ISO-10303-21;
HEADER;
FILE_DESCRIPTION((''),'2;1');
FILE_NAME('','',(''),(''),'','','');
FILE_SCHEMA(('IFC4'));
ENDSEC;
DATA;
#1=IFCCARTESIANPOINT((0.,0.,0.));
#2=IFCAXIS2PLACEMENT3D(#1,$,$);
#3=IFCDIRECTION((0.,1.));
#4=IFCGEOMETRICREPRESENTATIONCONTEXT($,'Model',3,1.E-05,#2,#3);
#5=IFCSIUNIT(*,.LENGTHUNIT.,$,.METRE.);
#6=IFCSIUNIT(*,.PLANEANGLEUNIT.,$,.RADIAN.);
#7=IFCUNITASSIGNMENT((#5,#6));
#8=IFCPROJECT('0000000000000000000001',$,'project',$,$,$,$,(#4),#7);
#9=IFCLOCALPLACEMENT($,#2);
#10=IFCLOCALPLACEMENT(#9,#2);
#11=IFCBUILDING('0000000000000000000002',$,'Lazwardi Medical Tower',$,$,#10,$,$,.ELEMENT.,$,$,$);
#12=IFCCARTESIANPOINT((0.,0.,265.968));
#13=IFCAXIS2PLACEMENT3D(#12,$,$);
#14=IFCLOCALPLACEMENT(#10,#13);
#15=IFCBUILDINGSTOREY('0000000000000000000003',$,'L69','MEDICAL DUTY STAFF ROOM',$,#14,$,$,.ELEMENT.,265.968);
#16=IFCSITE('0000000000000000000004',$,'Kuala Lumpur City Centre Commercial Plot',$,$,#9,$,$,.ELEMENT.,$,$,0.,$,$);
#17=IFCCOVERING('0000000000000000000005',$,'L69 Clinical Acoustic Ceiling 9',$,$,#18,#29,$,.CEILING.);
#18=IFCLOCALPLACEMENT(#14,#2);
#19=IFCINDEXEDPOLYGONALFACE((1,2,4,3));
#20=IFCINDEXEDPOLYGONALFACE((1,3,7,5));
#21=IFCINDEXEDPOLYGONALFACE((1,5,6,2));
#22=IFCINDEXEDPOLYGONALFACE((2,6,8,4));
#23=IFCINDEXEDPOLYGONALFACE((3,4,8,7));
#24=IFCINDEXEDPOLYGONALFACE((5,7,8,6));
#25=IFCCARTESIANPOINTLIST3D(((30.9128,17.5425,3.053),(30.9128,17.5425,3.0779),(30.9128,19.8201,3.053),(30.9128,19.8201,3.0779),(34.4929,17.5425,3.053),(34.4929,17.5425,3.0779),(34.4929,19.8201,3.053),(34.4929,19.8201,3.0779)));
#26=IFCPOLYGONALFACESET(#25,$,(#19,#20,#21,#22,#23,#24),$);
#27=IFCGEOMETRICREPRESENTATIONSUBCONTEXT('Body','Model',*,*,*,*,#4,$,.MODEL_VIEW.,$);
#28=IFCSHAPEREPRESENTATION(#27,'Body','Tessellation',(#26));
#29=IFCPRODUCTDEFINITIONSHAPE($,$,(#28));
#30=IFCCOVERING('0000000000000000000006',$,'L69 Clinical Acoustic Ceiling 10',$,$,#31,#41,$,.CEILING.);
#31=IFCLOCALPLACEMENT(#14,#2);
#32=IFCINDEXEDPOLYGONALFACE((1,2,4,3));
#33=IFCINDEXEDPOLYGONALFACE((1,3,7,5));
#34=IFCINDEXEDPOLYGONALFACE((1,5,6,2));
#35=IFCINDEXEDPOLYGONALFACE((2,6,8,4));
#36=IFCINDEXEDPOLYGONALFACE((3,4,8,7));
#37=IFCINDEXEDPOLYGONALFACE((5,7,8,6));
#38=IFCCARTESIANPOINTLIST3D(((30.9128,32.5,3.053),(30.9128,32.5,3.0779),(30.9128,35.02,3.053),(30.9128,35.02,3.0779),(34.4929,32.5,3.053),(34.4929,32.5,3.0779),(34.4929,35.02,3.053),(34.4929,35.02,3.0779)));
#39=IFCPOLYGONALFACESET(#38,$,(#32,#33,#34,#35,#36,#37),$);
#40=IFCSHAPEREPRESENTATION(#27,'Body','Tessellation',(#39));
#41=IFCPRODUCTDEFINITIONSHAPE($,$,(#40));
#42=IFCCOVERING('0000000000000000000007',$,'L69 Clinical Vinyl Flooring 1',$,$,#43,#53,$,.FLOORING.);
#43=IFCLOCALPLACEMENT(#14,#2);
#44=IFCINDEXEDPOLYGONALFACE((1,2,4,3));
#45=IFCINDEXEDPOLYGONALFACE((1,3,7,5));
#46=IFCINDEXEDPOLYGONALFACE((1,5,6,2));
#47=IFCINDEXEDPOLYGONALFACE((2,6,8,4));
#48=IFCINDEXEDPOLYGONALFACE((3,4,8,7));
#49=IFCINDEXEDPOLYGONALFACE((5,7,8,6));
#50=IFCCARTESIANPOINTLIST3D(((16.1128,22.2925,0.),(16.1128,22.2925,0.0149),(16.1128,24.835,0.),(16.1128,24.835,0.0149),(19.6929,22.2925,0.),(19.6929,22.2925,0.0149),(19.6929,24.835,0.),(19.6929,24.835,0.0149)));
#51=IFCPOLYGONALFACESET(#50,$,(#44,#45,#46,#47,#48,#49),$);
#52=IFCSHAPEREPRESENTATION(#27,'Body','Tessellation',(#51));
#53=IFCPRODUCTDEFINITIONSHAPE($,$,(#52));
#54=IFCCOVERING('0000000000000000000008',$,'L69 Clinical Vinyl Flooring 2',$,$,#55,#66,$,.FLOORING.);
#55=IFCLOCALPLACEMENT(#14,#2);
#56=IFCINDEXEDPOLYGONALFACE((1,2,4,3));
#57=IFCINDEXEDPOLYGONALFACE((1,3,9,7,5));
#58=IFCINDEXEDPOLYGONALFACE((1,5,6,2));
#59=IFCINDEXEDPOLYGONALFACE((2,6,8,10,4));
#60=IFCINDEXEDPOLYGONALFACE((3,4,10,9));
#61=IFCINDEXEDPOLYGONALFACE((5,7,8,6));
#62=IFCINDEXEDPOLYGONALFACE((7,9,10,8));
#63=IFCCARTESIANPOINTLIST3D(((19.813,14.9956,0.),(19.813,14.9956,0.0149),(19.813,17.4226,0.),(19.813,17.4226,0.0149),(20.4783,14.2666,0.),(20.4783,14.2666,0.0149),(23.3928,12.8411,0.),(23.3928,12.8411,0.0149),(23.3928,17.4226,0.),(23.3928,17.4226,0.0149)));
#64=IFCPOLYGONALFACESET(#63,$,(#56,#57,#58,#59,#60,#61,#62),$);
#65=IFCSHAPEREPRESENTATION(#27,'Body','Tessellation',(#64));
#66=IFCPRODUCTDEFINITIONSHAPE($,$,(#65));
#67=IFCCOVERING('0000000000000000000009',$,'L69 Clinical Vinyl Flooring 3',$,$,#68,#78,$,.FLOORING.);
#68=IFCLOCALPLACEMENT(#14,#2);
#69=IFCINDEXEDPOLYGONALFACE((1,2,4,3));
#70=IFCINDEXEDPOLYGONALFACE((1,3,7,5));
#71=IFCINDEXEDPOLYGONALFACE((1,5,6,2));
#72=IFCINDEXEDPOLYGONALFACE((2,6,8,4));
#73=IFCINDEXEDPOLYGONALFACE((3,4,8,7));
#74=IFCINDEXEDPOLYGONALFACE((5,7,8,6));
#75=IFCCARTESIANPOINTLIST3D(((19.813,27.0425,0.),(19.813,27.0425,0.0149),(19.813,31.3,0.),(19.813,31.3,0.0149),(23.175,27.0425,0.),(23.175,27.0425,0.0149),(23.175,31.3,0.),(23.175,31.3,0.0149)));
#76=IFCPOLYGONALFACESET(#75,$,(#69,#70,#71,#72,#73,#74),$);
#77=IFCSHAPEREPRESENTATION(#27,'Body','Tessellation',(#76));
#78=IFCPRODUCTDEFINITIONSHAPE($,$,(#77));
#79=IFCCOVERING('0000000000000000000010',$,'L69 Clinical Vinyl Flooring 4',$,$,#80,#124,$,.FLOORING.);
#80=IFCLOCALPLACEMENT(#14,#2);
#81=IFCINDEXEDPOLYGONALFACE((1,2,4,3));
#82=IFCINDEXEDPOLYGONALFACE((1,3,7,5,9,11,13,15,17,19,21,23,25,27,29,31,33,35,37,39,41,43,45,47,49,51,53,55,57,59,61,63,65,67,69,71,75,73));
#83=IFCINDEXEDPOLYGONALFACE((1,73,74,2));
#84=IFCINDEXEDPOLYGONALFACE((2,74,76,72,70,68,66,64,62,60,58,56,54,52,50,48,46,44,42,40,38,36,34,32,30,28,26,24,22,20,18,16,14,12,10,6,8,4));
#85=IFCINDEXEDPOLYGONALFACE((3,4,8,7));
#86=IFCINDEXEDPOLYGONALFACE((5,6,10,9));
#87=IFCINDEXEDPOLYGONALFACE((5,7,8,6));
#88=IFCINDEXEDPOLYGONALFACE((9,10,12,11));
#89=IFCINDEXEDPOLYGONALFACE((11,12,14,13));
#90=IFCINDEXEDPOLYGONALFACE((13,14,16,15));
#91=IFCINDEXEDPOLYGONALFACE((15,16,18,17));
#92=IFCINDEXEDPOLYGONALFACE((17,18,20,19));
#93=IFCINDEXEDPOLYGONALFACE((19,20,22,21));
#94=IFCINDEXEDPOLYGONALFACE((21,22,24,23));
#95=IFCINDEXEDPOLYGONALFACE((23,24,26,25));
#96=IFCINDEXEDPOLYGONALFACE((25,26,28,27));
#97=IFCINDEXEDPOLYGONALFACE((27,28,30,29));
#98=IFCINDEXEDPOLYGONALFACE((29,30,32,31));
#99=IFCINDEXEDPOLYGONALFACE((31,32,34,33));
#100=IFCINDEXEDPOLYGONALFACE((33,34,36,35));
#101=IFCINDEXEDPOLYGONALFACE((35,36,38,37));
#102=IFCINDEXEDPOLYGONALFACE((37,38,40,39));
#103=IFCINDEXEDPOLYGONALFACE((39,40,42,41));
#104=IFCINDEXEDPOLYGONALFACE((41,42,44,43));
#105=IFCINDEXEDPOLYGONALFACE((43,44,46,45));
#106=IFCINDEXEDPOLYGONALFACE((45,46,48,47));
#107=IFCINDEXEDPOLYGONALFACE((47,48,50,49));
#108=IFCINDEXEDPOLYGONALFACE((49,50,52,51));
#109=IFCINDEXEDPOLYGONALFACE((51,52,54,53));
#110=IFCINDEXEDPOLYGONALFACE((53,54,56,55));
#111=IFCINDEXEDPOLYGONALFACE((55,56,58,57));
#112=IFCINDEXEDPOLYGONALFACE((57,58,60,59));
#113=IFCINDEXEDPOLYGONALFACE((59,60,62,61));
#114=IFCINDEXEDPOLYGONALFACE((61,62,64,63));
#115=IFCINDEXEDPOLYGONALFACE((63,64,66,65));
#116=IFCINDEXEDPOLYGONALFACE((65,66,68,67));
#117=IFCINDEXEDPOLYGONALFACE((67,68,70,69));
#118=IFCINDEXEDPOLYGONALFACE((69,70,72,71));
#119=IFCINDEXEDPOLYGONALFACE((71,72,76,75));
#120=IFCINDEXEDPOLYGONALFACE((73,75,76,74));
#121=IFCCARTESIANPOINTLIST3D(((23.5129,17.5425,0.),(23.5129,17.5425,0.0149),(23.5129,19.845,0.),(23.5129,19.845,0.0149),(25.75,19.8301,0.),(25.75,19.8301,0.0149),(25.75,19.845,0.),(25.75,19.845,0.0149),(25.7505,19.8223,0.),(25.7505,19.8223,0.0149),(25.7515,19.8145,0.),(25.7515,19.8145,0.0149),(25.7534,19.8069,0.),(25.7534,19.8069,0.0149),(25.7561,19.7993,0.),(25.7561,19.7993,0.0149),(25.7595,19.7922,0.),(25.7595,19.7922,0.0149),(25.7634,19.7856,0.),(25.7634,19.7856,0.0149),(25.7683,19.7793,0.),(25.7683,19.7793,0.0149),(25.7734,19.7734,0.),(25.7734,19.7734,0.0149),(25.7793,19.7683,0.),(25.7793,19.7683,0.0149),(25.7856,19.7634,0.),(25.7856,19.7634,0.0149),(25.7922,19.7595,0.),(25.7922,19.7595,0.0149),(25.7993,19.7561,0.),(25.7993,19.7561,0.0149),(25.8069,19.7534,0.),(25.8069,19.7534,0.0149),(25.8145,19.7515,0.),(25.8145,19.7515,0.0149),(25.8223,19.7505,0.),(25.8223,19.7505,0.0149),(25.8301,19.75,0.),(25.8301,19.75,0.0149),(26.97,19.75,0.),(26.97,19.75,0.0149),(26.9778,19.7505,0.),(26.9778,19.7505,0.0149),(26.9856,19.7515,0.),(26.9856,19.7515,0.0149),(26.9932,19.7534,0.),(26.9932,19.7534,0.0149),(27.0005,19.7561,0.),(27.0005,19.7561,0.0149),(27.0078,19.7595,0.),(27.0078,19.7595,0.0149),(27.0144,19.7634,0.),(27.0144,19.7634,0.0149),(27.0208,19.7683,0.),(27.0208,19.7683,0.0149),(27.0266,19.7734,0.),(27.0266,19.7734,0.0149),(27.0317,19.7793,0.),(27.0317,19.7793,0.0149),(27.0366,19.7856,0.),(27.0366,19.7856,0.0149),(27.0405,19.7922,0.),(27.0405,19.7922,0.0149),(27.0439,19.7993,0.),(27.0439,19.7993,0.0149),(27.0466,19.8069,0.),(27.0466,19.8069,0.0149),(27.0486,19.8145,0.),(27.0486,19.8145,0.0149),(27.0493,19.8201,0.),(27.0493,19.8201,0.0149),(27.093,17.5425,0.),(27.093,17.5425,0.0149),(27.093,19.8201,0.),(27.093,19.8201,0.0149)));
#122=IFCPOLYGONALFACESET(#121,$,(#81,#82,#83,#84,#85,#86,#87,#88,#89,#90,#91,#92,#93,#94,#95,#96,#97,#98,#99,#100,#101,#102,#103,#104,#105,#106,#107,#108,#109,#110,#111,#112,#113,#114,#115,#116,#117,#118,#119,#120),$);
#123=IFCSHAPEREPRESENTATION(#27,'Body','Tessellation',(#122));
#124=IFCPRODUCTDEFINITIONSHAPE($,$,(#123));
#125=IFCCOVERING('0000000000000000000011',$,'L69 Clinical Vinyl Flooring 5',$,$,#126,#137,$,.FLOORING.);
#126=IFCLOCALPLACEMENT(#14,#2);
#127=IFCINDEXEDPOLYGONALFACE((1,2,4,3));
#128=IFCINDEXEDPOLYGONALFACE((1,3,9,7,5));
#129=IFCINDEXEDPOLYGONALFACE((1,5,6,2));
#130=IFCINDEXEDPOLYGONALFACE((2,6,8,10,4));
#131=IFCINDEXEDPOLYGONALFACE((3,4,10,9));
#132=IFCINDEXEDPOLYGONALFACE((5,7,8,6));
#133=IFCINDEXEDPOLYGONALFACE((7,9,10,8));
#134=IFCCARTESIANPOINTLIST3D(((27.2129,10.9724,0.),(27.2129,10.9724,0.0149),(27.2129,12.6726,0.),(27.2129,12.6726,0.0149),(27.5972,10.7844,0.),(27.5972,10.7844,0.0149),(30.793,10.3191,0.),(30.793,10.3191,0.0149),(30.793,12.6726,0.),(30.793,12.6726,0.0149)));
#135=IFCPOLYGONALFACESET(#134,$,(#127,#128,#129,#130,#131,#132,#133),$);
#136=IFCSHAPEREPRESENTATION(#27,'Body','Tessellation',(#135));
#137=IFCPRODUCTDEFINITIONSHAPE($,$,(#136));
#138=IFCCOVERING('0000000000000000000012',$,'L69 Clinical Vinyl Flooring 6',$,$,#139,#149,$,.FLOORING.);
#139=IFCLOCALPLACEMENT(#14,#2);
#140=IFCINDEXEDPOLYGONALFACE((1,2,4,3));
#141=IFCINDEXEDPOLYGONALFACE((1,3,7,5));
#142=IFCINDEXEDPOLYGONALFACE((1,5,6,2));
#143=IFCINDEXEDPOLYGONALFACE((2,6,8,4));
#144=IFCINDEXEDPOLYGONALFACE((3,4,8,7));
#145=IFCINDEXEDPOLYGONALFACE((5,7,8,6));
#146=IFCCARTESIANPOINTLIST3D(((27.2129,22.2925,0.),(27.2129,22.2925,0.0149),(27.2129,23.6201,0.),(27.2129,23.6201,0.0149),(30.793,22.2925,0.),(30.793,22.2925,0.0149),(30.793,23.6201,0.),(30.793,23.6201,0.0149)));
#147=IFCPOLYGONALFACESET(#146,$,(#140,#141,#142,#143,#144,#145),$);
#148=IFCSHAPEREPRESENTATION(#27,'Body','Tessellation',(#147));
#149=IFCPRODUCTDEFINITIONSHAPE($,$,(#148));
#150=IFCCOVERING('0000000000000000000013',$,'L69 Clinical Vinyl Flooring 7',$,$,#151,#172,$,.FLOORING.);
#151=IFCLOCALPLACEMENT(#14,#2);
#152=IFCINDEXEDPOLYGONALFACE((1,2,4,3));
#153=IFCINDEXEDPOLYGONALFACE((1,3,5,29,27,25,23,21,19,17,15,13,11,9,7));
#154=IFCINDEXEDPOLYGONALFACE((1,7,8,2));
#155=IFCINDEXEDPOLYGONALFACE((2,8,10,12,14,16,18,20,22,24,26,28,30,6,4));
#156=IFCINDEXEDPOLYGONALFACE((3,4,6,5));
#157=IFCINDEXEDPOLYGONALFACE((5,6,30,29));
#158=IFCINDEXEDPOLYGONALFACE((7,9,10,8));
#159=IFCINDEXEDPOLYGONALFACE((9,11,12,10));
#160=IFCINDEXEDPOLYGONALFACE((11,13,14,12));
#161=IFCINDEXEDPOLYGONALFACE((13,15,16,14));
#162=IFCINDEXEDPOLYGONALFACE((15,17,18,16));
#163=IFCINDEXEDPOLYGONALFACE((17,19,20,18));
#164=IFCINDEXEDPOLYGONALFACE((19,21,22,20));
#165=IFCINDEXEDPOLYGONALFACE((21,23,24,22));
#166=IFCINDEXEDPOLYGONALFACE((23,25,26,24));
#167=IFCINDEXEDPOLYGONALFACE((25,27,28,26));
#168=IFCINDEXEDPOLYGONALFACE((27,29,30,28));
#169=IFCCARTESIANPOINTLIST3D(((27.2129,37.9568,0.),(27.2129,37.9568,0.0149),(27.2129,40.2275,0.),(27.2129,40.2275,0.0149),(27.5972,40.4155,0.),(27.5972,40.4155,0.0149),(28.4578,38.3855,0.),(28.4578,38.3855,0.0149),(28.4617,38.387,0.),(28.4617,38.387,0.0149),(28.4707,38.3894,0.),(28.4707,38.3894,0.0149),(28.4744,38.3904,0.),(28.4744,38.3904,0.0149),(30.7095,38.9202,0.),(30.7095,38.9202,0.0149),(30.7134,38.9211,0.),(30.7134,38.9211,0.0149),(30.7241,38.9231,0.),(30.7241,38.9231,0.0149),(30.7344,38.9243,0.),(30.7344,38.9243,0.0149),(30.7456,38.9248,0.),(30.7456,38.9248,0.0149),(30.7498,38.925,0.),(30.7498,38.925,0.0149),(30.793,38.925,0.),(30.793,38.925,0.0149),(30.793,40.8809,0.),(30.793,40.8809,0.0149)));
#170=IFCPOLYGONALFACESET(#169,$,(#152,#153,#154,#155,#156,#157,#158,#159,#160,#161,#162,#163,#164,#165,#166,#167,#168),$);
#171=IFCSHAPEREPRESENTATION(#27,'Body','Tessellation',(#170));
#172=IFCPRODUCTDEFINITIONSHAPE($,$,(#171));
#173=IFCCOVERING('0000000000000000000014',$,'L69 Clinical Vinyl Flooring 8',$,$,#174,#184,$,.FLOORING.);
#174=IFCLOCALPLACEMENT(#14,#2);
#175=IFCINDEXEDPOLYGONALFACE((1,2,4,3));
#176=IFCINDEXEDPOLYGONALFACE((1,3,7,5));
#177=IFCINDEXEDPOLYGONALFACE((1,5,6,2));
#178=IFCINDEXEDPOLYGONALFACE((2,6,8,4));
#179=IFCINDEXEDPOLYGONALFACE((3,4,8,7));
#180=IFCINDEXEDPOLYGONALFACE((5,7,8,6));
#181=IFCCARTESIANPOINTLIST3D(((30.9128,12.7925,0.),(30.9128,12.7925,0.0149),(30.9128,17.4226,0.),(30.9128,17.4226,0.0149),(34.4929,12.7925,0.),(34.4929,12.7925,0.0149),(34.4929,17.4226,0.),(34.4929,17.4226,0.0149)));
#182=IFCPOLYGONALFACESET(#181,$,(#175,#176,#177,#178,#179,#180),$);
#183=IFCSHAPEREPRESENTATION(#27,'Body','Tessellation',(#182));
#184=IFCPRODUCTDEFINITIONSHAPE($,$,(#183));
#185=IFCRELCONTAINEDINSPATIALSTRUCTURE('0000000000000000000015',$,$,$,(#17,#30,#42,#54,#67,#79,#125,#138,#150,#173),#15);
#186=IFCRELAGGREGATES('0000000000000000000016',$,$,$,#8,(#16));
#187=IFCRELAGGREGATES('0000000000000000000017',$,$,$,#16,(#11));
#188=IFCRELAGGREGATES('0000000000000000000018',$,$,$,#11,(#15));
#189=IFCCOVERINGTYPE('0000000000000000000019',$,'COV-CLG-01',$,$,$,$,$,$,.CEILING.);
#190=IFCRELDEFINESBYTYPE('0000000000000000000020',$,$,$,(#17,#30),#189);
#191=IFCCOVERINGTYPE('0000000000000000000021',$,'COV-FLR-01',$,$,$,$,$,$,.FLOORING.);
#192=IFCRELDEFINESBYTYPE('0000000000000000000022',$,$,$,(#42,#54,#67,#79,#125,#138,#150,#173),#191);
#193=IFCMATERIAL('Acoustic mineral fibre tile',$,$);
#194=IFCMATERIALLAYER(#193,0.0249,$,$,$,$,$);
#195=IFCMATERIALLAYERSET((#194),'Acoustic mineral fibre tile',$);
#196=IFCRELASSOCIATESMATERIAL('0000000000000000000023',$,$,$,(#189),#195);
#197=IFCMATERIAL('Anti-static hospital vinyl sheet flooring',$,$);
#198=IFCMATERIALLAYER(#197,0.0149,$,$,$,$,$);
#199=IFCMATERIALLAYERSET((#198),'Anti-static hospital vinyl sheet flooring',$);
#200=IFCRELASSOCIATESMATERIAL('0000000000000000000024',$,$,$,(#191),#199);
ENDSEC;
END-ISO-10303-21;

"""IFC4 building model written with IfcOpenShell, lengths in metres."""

from ifc_helpers import new_model, si_unit, direction, frame, origin, place, context, subcontext, project, spatial, polyline, outline, extrude, material, layer, layer_set, type_object, element, save


model = new_model("IFC4")

# Units and contexts
model_context = context("Model", 3, precision=1e-05, world=origin(), true_north=direction((0.0, 1.0)))
body_context = subcontext(model_context, "Body", "Model", "MODEL_VIEW")
ifc_project = project(units=[si_unit("LENGTHUNIT", "METRE"), si_unit("PLANEANGLEUNIT", "RADIAN")], contexts=[model_context])

# Site, building, storey
site_placement = place(None, origin())
site = spatial("IfcSite", under=ifc_project, at=site_placement, Name="Kuala Lumpur City Centre Commercial Plot", CompositionType="ELEMENT", RefElevation=0.0)
building_placement = place(site_placement, origin())
building = spatial("IfcBuilding", under=site, at=building_placement, Name="Lazwardi Medical Tower", CompositionType="ELEMENT")
storey_placement = place(building_placement, frame((0.0, 0.0, 265.968)))
storey = spatial("IfcBuildingStorey", under=building, at=storey_placement, Name="L69", Description="MEDICAL DUTY STAFF ROOM", CompositionType="ELEMENT", Elevation=265.968)

# Coverings
ifc_material_1 = material(Name="Acoustic mineral fibre tile")
ifc_layer_1 = layer(ifc_material_1, 0.0249)
ifc_layer_set_1 = layer_set([ifc_layer_1], Name="Acoustic mineral fibre tile")
covering_type_1 = type_object("IfcCoveringType", Name="COV-CLG-01", PredefinedType="CEILING", material=ifc_layer_set_1)
covering_1_placement = place(storey_placement, frame((0.0, 0.0, 3.053)))
element("IfcCovering", 1, at=covering_1_placement, inside=storey, type_object=covering_type_1, Name="L69 Clinical Acoustic Ceiling 9", PredefinedType="CEILING", context=body_context, shape_type="SweptSolid", body=[
    extrude(outline(polyline([(34.4929, 19.8201), (30.9128, 19.8201), (30.9128, 17.5425), (34.4929, 17.5425), (34.4929, 19.8201)])), origin(), (0.0, 0.0, 1.0), 0.0249),
])
covering_2_placement = place(storey_placement, frame((0.0, 0.0, 3.053)))
element("IfcCovering", 2, at=covering_2_placement, inside=storey, type_object=covering_type_1, Name="L69 Clinical Acoustic Ceiling 10", PredefinedType="CEILING", context=body_context, shape_type="SweptSolid", body=[
    extrude(outline(polyline([(34.4929, 35.02), (30.9128, 35.02), (30.9128, 32.5), (34.4929, 32.5), (34.4929, 35.02)])), origin(), (0.0, 0.0, 1.0), 0.0249),
])
ifc_material_2 = material(Name="Anti-static hospital vinyl sheet flooring")
ifc_layer_2 = layer(ifc_material_2, 0.0149)
ifc_layer_set_2 = layer_set([ifc_layer_2], Name="Anti-static hospital vinyl sheet flooring")
covering_type_2 = type_object("IfcCoveringType", Name="COV-FLR-01", PredefinedType="FLOORING", material=ifc_layer_set_2)
covering_3_placement = place(storey_placement, origin())
element("IfcCovering", 3, at=covering_3_placement, inside=storey, type_object=covering_type_2, Name="L69 Clinical Vinyl Flooring 1", PredefinedType="FLOORING", context=body_context, shape_type="SweptSolid", body=[
    extrude(outline(polyline([(19.6929, 24.835), (16.1128, 24.835), (16.1128, 22.2925), (19.6929, 22.2925), (19.6929, 24.835)])), origin(), (0.0, 0.0, 1.0), 0.0149),
])
covering_4_placement = place(storey_placement, origin())
element("IfcCovering", 4, at=covering_4_placement, inside=storey, type_object=covering_type_2, Name="L69 Clinical Vinyl Flooring 2", PredefinedType="FLOORING", context=body_context, shape_type="SweptSolid", body=[
    extrude(outline(polyline([(19.813, 14.9956), (20.4783, 14.2666), (23.3928, 12.8411), (23.3928, 17.4226), (19.813, 17.4226), (19.813, 14.9956)])), origin(), (0.0, 0.0, 1.0), 0.0149),
])
covering_5_placement = place(storey_placement, origin())
element("IfcCovering", 5, at=covering_5_placement, inside=storey, type_object=covering_type_2, Name="L69 Clinical Vinyl Flooring 3", PredefinedType="FLOORING", context=body_context, shape_type="SweptSolid", body=[
    extrude(outline(polyline([(23.175, 27.0425), (23.175, 31.3), (19.813, 31.3), (19.813, 27.0425), (23.175, 27.0425)])), origin(), (0.0, 0.0, 1.0), 0.0149),
])
covering_6_placement = place(storey_placement, origin())
element("IfcCovering", 6, at=covering_6_placement, inside=storey, type_object=covering_type_2, Name="L69 Clinical Vinyl Flooring 4", PredefinedType="FLOORING", context=body_context, shape_type="SweptSolid", body=[
    extrude(outline(polyline([(27.093, 19.8201), (27.0493, 19.8201), (27.0486, 19.8145), (27.0466, 19.8069), (27.0439, 19.7993), (27.0405, 19.7922), (27.0366, 19.7856), (27.0317, 19.7793), (27.0266, 19.7734), (27.0208, 19.7683), (27.0144, 19.7634), (27.0078, 19.7595), (27.0005, 19.7561), (26.9932, 19.7534), (26.9856, 19.7515), (26.9778, 19.7505), (26.97, 19.75), (25.8301, 19.75), (25.8223, 19.7505), (25.8145, 19.7515), (25.8069, 19.7534), (25.7993, 19.7561), (25.7922, 19.7595), (25.7856, 19.7634), (25.7793, 19.7683), (25.7734, 19.7734), (25.7683, 19.7793), (25.7634, 19.7856), (25.7595, 19.7922), (25.7561, 19.7993), (25.7534, 19.8069), (25.7515, 19.8145), (25.7505, 19.8223), (25.75, 19.8301), (25.75, 19.845), (23.5129, 19.845), (23.5129, 17.5425), (27.093, 17.5425), (27.093, 19.8201)])), origin(), (0.0, 0.0, 1.0), 0.0149),
])
covering_7_placement = place(storey_placement, origin())
element("IfcCovering", 7, at=covering_7_placement, inside=storey, type_object=covering_type_2, Name="L69 Clinical Vinyl Flooring 5", PredefinedType="FLOORING", context=body_context, shape_type="SweptSolid", body=[
    extrude(outline(polyline([(27.2129, 10.9724), (27.5972, 10.7844), (30.793, 10.3191), (30.793, 12.6726), (27.2129, 12.6726), (27.2129, 10.9724)])), origin(), (0.0, 0.0, 1.0), 0.0149),
])
covering_8_placement = place(storey_placement, origin())
element("IfcCovering", 8, at=covering_8_placement, inside=storey, type_object=covering_type_2, Name="L69 Clinical Vinyl Flooring 6", PredefinedType="FLOORING", context=body_context, shape_type="SweptSolid", body=[
    extrude(outline(polyline([(30.793, 23.6201), (27.2129, 23.6201), (27.2129, 22.2925), (30.793, 22.2925), (30.793, 23.6201)])), origin(), (0.0, 0.0, 1.0), 0.0149),
])
covering_9_placement = place(storey_placement, origin())
element("IfcCovering", 9, at=covering_9_placement, inside=storey, type_object=covering_type_2, Name="L69 Clinical Vinyl Flooring 7", PredefinedType="FLOORING", context=body_context, shape_type="SweptSolid", body=[
    extrude(outline(polyline([(30.793, 40.8809), (27.5972, 40.4155), (27.2129, 40.2275), (27.2129, 37.9568), (28.4578, 38.3855), (28.4617, 38.387), (28.4707, 38.3894), (28.4744, 38.3904), (30.7095, 38.9202), (30.7134, 38.9211), (30.7241, 38.9231), (30.7344, 38.9243), (30.7456, 38.9248), (30.7498, 38.925), (30.793, 38.925), (30.793, 40.8809)])), origin(), (0.0, 0.0, 1.0), 0.0149),
])
covering_10_placement = place(storey_placement, origin())
element("IfcCovering", 10, at=covering_10_placement, inside=storey, type_object=covering_type_2, Name="L69 Clinical Vinyl Flooring 8", PredefinedType="FLOORING", context=body_context, shape_type="SweptSolid", body=[
    extrude(outline(polyline([(34.4929, 12.7925), (34.4929, 17.4226), (30.9128, 17.4226), (30.9128, 12.7925), (34.4929, 12.7925)])), origin(), (0.0, 0.0, 1.0), 0.0149),
])

save(model, "model.ifc")
